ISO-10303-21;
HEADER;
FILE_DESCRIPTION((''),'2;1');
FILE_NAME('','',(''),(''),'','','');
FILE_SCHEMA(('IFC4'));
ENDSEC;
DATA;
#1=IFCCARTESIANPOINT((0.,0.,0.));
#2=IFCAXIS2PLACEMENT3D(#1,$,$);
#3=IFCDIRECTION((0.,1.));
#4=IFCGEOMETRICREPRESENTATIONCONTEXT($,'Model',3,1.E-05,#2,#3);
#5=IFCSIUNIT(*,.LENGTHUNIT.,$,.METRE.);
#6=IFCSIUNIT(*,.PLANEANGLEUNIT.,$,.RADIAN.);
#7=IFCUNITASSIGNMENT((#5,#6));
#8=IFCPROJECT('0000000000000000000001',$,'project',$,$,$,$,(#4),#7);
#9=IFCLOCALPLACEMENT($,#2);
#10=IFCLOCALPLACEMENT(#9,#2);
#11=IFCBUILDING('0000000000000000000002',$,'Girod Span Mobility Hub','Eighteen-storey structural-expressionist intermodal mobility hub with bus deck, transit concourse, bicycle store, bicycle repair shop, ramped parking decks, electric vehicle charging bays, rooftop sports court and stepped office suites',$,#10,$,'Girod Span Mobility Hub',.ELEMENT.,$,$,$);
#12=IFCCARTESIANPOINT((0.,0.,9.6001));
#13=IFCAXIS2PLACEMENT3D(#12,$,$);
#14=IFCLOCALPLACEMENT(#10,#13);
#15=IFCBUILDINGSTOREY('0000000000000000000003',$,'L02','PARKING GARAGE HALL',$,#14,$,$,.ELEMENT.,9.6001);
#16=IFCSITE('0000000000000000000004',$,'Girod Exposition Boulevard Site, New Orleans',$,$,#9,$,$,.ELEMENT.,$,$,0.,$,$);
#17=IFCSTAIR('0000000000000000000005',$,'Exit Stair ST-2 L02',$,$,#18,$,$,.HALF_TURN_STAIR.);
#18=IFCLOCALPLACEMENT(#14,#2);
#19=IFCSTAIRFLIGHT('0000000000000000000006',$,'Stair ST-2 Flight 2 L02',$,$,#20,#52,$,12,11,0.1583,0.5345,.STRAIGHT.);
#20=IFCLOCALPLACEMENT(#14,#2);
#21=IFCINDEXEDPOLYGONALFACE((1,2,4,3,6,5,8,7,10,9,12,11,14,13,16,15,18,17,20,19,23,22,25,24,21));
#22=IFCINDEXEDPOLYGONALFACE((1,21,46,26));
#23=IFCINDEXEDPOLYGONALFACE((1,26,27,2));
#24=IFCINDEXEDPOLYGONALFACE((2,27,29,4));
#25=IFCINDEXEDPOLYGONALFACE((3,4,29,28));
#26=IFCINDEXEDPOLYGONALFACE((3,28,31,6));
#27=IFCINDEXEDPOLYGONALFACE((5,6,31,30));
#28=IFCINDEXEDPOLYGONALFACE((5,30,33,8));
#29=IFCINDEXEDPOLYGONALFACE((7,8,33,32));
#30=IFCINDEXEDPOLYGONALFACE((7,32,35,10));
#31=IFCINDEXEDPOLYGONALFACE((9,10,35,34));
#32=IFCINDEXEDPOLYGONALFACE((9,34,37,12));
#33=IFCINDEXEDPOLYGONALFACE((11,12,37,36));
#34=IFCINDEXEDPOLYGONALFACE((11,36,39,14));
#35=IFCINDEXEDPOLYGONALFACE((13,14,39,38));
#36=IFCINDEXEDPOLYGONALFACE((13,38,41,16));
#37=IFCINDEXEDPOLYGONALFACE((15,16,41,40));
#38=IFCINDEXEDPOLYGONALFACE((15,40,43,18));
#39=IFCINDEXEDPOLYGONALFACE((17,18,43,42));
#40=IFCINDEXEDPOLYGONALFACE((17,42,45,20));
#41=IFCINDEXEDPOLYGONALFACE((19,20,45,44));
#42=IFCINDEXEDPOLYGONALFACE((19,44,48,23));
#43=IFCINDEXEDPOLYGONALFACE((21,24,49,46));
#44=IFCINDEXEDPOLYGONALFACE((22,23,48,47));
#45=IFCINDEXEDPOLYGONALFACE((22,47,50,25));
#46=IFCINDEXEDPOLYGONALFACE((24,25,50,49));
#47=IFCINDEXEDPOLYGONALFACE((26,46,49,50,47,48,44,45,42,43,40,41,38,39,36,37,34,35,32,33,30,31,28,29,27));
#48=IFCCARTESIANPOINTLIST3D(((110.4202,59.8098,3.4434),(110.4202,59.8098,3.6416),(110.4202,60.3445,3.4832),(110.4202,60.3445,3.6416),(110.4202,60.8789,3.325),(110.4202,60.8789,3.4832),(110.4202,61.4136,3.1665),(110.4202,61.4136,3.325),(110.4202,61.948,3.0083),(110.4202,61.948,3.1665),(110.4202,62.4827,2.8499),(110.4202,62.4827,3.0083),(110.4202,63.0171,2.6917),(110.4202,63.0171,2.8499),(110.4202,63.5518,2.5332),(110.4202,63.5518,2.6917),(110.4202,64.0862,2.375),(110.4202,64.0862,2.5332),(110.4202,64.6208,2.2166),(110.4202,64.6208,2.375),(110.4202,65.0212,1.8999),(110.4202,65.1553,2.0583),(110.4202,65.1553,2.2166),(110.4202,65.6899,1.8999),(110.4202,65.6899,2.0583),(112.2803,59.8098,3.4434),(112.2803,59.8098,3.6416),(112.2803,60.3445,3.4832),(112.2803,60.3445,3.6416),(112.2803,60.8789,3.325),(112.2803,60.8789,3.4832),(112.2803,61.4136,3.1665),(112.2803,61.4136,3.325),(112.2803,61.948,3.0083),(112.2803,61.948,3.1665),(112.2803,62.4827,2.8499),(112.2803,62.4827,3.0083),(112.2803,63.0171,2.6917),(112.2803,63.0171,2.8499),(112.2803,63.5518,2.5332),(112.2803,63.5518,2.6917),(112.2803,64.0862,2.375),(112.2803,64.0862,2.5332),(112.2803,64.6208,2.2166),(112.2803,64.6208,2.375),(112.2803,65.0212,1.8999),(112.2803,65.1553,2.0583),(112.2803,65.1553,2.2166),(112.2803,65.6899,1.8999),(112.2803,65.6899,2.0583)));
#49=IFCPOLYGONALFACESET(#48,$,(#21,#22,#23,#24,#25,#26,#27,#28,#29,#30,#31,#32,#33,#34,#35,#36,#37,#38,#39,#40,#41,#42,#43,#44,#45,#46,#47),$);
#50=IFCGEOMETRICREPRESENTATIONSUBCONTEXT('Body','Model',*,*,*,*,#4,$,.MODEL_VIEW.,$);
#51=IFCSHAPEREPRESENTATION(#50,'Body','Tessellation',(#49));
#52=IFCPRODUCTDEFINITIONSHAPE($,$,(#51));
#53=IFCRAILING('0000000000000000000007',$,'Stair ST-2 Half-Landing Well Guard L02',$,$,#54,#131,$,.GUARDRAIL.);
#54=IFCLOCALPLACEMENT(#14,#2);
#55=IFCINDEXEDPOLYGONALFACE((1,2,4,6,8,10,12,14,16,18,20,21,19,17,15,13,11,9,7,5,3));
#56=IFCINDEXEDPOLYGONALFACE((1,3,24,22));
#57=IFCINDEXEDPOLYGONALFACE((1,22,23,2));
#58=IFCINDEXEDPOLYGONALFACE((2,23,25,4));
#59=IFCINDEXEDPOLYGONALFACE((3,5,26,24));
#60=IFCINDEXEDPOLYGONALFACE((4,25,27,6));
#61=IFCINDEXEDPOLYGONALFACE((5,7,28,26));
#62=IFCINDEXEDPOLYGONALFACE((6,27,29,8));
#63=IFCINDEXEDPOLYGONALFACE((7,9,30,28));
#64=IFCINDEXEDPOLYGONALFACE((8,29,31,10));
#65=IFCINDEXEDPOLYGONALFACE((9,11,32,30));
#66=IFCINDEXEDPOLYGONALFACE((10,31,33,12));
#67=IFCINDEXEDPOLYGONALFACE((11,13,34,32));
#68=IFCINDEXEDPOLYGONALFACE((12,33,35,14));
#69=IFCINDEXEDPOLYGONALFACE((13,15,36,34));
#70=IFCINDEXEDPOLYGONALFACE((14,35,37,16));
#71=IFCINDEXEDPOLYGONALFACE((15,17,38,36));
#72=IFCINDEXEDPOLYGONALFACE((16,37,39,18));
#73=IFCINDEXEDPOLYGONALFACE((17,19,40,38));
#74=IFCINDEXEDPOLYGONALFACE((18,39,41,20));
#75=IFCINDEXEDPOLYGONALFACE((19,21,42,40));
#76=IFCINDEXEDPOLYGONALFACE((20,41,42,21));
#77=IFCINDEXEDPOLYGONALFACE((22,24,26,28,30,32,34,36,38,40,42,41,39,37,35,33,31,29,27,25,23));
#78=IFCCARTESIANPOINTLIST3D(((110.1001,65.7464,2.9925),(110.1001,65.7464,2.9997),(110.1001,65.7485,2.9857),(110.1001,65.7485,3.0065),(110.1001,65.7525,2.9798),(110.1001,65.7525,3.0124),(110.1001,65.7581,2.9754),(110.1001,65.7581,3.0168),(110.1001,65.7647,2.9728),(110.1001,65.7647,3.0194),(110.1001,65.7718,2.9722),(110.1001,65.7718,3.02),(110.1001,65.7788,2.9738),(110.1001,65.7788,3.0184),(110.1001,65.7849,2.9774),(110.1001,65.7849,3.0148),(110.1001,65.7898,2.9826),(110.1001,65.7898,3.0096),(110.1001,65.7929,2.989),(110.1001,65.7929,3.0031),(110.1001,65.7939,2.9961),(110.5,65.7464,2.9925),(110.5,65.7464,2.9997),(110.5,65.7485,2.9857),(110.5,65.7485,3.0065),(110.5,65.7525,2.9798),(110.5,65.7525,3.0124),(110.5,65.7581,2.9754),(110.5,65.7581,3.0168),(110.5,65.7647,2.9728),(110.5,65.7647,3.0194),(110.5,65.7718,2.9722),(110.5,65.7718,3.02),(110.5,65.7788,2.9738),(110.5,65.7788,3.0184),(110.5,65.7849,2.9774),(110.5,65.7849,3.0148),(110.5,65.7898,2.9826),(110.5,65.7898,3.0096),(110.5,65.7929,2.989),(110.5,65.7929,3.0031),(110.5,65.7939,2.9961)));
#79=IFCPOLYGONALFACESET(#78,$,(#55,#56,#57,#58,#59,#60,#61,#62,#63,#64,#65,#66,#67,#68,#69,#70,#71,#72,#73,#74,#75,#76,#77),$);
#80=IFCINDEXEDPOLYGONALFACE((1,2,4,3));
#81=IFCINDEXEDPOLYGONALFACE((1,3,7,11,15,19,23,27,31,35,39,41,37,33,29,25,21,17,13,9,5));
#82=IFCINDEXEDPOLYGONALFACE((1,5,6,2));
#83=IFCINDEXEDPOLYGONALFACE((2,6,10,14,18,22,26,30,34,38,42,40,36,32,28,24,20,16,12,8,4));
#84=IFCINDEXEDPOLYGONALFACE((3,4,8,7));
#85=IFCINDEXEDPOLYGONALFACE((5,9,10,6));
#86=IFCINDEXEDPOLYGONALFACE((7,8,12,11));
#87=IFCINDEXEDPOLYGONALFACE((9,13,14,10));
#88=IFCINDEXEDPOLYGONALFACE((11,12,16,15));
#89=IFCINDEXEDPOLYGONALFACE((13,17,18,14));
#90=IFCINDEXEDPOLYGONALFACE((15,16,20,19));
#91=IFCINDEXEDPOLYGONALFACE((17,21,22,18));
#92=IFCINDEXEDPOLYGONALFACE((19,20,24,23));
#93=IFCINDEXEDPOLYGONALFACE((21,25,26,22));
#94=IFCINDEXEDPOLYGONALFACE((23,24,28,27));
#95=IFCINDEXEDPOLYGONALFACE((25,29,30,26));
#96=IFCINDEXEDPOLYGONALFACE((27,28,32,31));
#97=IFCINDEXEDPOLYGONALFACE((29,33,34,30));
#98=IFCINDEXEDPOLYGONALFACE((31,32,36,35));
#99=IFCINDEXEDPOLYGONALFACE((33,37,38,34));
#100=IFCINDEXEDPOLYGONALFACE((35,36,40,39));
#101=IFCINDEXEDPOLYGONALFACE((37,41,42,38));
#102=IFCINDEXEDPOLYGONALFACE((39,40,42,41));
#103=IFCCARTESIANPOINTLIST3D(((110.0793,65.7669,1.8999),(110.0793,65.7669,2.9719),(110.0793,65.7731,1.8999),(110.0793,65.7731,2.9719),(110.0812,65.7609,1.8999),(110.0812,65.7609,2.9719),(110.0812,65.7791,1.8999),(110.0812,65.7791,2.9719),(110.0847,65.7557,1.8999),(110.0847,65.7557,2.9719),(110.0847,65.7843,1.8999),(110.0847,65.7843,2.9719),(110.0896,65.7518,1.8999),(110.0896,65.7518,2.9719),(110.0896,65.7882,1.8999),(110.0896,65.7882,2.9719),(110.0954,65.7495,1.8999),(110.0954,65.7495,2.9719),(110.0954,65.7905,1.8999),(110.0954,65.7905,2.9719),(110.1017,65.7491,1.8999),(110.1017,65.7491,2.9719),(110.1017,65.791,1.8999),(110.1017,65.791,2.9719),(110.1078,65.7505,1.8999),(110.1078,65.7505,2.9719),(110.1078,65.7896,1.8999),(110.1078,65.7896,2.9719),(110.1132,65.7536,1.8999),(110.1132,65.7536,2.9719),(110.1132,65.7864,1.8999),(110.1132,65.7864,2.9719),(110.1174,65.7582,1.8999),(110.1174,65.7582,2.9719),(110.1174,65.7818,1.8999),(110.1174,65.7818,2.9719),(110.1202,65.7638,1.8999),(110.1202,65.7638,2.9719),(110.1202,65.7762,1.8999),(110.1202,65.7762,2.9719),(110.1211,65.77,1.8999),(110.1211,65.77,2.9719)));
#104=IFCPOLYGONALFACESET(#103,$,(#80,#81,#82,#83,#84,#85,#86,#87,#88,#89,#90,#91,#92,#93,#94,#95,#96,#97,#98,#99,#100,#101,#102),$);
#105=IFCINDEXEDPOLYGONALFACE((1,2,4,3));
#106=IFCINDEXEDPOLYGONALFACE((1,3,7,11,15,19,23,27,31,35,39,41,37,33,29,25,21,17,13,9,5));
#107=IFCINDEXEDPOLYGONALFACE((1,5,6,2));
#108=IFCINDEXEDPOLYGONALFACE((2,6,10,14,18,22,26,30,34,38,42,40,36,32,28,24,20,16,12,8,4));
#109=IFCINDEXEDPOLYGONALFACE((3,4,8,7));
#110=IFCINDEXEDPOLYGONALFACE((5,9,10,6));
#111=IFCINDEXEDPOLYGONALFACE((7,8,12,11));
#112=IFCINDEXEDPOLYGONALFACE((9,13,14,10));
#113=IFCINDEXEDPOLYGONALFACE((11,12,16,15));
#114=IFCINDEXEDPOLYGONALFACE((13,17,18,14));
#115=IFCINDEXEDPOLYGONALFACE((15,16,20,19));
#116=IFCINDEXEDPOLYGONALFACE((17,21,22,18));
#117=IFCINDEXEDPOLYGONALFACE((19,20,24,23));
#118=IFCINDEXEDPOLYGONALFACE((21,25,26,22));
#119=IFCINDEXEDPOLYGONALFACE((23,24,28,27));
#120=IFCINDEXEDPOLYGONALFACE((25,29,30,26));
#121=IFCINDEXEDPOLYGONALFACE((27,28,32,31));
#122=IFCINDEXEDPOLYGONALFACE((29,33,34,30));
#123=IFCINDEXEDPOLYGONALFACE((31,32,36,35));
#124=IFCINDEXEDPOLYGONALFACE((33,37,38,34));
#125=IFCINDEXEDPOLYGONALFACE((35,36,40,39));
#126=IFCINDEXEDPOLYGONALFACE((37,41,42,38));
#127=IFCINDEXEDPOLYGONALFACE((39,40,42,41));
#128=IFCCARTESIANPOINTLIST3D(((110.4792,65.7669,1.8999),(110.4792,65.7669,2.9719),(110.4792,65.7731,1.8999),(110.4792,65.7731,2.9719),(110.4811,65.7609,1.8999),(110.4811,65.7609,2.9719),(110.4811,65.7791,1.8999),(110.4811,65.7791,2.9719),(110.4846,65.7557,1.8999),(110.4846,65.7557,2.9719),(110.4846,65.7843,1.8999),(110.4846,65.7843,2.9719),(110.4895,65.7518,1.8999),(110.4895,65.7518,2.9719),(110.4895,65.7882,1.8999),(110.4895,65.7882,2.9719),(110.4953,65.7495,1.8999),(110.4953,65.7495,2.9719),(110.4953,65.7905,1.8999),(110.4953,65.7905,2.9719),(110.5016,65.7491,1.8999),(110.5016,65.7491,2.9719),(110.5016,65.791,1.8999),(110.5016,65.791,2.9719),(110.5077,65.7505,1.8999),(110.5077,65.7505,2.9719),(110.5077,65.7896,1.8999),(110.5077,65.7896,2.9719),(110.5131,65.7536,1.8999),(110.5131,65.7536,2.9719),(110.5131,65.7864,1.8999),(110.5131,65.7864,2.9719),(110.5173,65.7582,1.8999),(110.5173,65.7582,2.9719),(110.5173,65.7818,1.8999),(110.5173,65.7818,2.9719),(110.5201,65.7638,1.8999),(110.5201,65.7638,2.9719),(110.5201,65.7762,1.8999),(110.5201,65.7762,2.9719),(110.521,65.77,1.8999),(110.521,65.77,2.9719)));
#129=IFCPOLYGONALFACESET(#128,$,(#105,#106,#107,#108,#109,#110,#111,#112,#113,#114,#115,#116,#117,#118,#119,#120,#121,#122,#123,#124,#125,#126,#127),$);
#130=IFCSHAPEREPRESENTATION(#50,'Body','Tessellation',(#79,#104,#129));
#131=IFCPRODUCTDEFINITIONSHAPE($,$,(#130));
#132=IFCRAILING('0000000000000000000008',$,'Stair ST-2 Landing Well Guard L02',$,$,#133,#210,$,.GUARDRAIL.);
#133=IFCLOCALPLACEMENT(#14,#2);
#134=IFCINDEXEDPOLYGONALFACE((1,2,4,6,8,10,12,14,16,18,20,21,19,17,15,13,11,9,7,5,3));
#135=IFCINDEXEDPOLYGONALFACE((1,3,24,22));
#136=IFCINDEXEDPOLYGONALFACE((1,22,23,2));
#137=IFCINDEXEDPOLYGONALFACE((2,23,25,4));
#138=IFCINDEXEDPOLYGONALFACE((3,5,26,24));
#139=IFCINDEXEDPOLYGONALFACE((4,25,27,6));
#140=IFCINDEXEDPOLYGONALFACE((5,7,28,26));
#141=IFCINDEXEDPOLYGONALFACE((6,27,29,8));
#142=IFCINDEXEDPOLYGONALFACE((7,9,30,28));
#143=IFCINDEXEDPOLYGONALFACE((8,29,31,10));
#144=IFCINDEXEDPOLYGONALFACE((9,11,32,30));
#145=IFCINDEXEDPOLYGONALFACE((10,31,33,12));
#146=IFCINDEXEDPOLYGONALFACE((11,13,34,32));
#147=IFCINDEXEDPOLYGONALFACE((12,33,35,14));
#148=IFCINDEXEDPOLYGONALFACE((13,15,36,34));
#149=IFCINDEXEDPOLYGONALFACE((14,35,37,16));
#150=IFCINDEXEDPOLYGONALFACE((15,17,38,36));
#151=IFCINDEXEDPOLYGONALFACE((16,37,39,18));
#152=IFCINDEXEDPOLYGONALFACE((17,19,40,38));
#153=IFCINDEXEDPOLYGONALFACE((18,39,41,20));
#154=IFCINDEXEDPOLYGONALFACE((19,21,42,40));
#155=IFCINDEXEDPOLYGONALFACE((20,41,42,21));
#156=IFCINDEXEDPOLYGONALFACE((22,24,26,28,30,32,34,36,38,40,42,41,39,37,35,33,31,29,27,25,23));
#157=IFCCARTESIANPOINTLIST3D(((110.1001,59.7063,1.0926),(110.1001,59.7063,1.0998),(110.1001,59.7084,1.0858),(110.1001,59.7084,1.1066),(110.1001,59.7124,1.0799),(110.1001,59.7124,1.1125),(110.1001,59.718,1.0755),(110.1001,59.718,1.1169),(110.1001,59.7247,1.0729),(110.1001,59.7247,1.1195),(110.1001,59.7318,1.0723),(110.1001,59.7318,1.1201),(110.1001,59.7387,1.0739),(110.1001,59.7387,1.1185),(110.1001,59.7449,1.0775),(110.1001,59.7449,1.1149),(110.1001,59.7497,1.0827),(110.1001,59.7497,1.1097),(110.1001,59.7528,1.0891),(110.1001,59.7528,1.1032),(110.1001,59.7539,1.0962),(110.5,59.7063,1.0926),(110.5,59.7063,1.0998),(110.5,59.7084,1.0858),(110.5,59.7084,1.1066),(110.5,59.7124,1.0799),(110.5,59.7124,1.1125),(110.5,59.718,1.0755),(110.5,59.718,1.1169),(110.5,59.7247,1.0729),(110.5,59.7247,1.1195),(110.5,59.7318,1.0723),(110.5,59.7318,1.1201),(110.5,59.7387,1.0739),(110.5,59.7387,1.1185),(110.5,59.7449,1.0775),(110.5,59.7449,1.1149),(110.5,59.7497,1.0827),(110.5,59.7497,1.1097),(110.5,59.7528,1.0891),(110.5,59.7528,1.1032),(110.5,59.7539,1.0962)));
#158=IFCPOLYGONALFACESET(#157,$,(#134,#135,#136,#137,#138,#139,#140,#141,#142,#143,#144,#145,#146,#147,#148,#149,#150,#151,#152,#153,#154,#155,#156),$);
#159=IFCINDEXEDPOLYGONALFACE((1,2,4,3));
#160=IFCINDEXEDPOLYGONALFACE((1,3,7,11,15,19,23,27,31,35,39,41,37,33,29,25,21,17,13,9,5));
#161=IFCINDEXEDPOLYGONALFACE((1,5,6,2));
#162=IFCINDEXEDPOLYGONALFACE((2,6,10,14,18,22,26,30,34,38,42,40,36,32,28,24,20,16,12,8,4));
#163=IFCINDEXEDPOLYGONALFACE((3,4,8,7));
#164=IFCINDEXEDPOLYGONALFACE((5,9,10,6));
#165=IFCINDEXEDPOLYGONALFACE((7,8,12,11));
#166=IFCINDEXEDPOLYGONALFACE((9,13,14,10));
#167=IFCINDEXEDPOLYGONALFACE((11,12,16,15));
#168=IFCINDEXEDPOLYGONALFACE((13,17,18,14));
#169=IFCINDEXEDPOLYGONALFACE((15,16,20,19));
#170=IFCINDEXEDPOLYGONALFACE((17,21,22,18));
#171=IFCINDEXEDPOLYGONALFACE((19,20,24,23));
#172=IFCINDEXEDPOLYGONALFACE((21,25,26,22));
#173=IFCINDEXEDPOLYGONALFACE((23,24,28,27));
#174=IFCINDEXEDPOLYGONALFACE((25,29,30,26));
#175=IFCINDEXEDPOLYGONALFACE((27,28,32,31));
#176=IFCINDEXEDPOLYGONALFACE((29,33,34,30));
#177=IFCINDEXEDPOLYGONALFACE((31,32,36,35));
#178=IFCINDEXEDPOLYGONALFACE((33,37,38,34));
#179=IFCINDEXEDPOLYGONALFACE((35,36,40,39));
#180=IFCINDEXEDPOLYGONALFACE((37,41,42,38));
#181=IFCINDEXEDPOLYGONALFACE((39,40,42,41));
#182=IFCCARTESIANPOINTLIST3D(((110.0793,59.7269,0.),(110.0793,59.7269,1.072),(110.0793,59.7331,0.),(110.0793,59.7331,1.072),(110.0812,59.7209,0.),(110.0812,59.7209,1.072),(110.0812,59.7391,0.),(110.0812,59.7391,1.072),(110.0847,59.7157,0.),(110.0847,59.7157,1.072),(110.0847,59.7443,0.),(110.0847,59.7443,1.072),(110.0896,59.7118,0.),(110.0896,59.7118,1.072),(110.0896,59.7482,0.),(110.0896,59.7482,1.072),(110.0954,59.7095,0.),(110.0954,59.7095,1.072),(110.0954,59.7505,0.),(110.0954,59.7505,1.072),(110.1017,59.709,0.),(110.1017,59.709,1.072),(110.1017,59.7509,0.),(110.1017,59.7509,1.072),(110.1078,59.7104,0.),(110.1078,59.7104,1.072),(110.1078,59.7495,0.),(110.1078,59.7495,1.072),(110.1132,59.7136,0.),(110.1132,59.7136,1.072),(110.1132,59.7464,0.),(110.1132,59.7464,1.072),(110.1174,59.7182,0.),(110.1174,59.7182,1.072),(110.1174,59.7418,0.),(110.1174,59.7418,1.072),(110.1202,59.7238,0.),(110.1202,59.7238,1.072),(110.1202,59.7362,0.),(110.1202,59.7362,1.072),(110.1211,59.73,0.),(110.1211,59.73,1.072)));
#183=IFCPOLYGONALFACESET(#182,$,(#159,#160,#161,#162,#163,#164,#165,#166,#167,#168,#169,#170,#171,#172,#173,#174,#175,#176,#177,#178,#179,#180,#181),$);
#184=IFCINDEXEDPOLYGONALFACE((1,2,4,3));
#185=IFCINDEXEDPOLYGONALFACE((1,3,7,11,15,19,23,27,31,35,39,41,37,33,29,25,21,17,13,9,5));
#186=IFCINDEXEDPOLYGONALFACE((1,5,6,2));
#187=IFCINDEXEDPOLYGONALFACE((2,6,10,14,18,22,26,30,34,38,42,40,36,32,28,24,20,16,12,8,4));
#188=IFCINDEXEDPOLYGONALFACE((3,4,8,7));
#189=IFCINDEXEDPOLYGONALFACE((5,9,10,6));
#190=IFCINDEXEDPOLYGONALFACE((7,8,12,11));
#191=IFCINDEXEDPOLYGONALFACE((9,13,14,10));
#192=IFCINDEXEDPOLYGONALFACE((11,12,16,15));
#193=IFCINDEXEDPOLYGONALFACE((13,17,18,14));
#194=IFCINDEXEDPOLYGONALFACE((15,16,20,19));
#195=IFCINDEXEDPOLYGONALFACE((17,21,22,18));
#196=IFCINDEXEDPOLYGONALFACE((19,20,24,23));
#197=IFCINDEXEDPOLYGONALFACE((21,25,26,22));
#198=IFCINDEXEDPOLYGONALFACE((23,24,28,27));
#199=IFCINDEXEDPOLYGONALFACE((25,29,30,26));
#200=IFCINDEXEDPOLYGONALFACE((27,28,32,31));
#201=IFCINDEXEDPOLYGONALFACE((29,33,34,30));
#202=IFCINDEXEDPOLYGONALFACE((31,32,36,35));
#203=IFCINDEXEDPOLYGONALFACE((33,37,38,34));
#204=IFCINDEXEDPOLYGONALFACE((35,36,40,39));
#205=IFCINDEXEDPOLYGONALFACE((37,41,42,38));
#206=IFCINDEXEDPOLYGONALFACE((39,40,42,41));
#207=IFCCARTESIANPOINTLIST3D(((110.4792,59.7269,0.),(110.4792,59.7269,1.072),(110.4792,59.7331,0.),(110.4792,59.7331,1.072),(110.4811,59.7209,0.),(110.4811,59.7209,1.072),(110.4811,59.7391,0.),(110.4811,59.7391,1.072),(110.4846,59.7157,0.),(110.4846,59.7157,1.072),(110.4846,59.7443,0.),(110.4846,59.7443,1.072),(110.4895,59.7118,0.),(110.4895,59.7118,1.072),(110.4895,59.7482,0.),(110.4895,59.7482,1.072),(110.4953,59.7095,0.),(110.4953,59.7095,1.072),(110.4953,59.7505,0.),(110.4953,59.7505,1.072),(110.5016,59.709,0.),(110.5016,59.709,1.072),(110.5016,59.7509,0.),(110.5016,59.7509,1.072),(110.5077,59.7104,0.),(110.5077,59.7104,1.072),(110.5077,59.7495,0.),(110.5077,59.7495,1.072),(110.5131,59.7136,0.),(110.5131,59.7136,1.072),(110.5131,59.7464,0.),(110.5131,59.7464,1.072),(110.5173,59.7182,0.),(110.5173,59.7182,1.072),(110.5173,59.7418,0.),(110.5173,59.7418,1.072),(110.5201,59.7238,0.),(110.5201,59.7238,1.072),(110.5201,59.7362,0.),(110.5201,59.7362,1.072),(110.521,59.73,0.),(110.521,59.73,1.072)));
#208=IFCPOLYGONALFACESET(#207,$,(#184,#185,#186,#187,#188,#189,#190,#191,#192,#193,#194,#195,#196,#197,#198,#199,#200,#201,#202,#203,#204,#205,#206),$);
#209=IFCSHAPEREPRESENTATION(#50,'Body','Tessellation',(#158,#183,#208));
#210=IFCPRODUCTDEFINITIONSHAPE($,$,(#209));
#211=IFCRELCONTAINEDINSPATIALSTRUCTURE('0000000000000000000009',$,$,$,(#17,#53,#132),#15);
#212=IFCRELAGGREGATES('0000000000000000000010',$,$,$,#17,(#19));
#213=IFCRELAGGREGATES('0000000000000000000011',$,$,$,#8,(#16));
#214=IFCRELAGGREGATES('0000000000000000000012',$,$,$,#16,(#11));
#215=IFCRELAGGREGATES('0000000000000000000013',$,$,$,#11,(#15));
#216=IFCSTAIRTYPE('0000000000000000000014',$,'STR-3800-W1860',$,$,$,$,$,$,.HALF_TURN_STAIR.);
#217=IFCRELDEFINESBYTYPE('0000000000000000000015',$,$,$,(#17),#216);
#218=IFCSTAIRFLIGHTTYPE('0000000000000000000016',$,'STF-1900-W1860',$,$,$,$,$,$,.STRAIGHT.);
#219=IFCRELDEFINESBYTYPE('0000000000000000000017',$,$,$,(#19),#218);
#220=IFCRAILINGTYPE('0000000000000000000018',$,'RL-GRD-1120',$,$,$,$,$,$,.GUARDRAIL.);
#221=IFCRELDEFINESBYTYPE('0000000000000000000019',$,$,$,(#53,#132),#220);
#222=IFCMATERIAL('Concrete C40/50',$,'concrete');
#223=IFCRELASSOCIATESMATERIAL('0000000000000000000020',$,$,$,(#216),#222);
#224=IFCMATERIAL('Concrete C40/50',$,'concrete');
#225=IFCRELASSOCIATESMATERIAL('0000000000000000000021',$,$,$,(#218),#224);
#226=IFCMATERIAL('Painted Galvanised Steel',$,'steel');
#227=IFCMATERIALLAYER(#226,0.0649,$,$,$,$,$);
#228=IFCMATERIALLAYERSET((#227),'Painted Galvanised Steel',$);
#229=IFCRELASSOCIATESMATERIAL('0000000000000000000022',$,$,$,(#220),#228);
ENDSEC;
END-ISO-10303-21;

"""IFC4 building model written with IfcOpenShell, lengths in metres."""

from ifc_helpers import new_model, si_unit, direction, frame, origin, origin_2d, place, context, subcontext, project, spatial, polyline, circle, outline, extrude, material, layer, layer_set, type_object, element, aggregate, save


model = new_model("IFC4")

# Units and contexts
model_context = context("Model", 3, precision=1e-05, world=origin(), true_north=direction((0.0, 1.0)))
body_context = subcontext(model_context, "Body", "Model", "MODEL_VIEW")
ifc_project = project(units=[si_unit("LENGTHUNIT", "METRE"), si_unit("PLANEANGLEUNIT", "RADIAN")], contexts=[model_context])

# Site, building, storey
site_placement = place(None, origin())
site = spatial("IfcSite", under=ifc_project, at=site_placement, Name="Girod Exposition Boulevard Site, New Orleans", CompositionType="ELEMENT", RefElevation=0.0)
building_placement = place(site_placement, origin())
building = spatial("IfcBuilding", under=site, at=building_placement, Name="Girod Span Mobility Hub", Description="Eighteen-storey structural-expressionist intermodal mobility hub with bus deck, transit concourse, bicycle store, bicycle repair shop, ramped parking decks, electric vehicle charging bays, rooftop sports court and stepped office suites", LongName="Girod Span Mobility Hub", CompositionType="ELEMENT")
storey_placement = place(building_placement, frame((0.0, 0.0, 9.6001)))
storey = spatial("IfcBuildingStorey", under=building, at=storey_placement, Name="L02", Description="PARKING GARAGE HALL", CompositionType="ELEMENT", Elevation=9.6001)

# Stair, stair flight
ifc_material_1 = material(Name="Concrete C40/50", Category="concrete")
stair_type = type_object("IfcStairType", Name="STR-3800-W1860", PredefinedType="HALF_TURN_STAIR", material=ifc_material_1)
stair_placement = place(storey_placement, origin())
stair = element("IfcStair", 1, at=stair_placement, inside=storey, type_object=stair_type, Name="Exit Stair ST-2 L02", PredefinedType="HALF_TURN_STAIR")
ifc_material_2 = material(Name="Concrete C40/50", Category="concrete")
stair_flight_type = type_object("IfcStairFlightType", Name="STF-1900-W1860", PredefinedType="STRAIGHT", material=ifc_material_2)
stair_flight_1_placement = place(storey_placement, frame((111.3501, 65.6899, 1.8999), z_axis=(0.0, 0.0, 1.0), x_axis=(0.0, -1.0, 0.0)))
stair_flight_1 = element("IfcStairFlight", 2, at=stair_flight_1_placement, type_object=stair_flight_type, Name="Stair ST-2 Flight 2 L02", NumberOfRisers=12, NumberOfTreads=11, PredefinedType="STRAIGHT", RiserHeight=0.1583, TreadLength=0.5345, context=body_context, shape_type="SweptSolid", body=[
    extrude(outline(polyline([(0.0, 0.0), (0.0, 0.1584), (0.5347, 0.1584), (0.5347, 0.3167), (1.0691, 0.3167), (1.0691, 0.4751), (1.6038, 0.4751), (1.6038, 0.6333), (2.1382, 0.6333), (2.1382, 0.7917), (2.6729, 0.7917), (2.6729, 0.95), (3.2073, 0.95), (3.2073, 1.1084), (3.7419, 1.1084), (3.7419, 1.2666), (4.2764, 1.2666), (4.2764, 1.425), (4.811, 1.425), (4.811, 1.5833), (5.3455, 1.5833), (5.3455, 1.7417), (5.8801, 1.7417), (5.8801, 1.8999), (5.8801, 1.5435), (0.6687, 0.0), (0.0, 0.0)])), frame((0.0, 0.9302, 0.0), z_axis=(0.0, -1.0, 0.0), x_axis=(1.0, 0.0, 0.0)), (0.0, 0.0, 1.0), 1.8601),
])
aggregate(stair, [stair_flight_1])

# Railings
ifc_material_3 = material(Name="Painted Galvanised Steel", Category="steel")
ifc_layer_1 = layer(ifc_material_3, 0.0649)
ifc_layer_set_1 = layer_set([ifc_layer_1], Name="Painted Galvanised Steel")
railing_type_1 = type_object("IfcRailingType", Name="RL-GRD-1120", PredefinedType="GUARDRAIL", material=ifc_layer_set_1)
for number, where, name in (
    (3, (110.1001, 65.77, 1.8999), "Stair ST-2 Half-Landing Well Guard L02"),
    (4, (110.1001, 59.73, 0.0), "Stair ST-2 Landing Well Guard L02"),
):
    element("IfcRailing", number, at=place(storey_placement, frame(where)), inside=storey, type_object=railing_type_1, Name=name, PredefinedType="GUARDRAIL", context=body_context, shape_type="SweptSolid", body=[
        extrude(circle(Radius=0.0239, at=origin_2d()), frame((0.0, 0.0, 1.0962), z_axis=(1.0, 0.0, 0.0), x_axis=(0.0, 1.0, 0.0)), (0.0, 0.0, 1.0), 0.3999),
        extrude(circle(Radius=0.021, at=origin_2d()), origin(), (0.0, 0.0, 1.0), 1.072),
        extrude(circle(Radius=0.021, at=origin_2d()), frame((0.3999, 0.0, 0.0)), (0.0, 0.0, 1.0), 1.072),
    ])

save(model, "model.ifc")
